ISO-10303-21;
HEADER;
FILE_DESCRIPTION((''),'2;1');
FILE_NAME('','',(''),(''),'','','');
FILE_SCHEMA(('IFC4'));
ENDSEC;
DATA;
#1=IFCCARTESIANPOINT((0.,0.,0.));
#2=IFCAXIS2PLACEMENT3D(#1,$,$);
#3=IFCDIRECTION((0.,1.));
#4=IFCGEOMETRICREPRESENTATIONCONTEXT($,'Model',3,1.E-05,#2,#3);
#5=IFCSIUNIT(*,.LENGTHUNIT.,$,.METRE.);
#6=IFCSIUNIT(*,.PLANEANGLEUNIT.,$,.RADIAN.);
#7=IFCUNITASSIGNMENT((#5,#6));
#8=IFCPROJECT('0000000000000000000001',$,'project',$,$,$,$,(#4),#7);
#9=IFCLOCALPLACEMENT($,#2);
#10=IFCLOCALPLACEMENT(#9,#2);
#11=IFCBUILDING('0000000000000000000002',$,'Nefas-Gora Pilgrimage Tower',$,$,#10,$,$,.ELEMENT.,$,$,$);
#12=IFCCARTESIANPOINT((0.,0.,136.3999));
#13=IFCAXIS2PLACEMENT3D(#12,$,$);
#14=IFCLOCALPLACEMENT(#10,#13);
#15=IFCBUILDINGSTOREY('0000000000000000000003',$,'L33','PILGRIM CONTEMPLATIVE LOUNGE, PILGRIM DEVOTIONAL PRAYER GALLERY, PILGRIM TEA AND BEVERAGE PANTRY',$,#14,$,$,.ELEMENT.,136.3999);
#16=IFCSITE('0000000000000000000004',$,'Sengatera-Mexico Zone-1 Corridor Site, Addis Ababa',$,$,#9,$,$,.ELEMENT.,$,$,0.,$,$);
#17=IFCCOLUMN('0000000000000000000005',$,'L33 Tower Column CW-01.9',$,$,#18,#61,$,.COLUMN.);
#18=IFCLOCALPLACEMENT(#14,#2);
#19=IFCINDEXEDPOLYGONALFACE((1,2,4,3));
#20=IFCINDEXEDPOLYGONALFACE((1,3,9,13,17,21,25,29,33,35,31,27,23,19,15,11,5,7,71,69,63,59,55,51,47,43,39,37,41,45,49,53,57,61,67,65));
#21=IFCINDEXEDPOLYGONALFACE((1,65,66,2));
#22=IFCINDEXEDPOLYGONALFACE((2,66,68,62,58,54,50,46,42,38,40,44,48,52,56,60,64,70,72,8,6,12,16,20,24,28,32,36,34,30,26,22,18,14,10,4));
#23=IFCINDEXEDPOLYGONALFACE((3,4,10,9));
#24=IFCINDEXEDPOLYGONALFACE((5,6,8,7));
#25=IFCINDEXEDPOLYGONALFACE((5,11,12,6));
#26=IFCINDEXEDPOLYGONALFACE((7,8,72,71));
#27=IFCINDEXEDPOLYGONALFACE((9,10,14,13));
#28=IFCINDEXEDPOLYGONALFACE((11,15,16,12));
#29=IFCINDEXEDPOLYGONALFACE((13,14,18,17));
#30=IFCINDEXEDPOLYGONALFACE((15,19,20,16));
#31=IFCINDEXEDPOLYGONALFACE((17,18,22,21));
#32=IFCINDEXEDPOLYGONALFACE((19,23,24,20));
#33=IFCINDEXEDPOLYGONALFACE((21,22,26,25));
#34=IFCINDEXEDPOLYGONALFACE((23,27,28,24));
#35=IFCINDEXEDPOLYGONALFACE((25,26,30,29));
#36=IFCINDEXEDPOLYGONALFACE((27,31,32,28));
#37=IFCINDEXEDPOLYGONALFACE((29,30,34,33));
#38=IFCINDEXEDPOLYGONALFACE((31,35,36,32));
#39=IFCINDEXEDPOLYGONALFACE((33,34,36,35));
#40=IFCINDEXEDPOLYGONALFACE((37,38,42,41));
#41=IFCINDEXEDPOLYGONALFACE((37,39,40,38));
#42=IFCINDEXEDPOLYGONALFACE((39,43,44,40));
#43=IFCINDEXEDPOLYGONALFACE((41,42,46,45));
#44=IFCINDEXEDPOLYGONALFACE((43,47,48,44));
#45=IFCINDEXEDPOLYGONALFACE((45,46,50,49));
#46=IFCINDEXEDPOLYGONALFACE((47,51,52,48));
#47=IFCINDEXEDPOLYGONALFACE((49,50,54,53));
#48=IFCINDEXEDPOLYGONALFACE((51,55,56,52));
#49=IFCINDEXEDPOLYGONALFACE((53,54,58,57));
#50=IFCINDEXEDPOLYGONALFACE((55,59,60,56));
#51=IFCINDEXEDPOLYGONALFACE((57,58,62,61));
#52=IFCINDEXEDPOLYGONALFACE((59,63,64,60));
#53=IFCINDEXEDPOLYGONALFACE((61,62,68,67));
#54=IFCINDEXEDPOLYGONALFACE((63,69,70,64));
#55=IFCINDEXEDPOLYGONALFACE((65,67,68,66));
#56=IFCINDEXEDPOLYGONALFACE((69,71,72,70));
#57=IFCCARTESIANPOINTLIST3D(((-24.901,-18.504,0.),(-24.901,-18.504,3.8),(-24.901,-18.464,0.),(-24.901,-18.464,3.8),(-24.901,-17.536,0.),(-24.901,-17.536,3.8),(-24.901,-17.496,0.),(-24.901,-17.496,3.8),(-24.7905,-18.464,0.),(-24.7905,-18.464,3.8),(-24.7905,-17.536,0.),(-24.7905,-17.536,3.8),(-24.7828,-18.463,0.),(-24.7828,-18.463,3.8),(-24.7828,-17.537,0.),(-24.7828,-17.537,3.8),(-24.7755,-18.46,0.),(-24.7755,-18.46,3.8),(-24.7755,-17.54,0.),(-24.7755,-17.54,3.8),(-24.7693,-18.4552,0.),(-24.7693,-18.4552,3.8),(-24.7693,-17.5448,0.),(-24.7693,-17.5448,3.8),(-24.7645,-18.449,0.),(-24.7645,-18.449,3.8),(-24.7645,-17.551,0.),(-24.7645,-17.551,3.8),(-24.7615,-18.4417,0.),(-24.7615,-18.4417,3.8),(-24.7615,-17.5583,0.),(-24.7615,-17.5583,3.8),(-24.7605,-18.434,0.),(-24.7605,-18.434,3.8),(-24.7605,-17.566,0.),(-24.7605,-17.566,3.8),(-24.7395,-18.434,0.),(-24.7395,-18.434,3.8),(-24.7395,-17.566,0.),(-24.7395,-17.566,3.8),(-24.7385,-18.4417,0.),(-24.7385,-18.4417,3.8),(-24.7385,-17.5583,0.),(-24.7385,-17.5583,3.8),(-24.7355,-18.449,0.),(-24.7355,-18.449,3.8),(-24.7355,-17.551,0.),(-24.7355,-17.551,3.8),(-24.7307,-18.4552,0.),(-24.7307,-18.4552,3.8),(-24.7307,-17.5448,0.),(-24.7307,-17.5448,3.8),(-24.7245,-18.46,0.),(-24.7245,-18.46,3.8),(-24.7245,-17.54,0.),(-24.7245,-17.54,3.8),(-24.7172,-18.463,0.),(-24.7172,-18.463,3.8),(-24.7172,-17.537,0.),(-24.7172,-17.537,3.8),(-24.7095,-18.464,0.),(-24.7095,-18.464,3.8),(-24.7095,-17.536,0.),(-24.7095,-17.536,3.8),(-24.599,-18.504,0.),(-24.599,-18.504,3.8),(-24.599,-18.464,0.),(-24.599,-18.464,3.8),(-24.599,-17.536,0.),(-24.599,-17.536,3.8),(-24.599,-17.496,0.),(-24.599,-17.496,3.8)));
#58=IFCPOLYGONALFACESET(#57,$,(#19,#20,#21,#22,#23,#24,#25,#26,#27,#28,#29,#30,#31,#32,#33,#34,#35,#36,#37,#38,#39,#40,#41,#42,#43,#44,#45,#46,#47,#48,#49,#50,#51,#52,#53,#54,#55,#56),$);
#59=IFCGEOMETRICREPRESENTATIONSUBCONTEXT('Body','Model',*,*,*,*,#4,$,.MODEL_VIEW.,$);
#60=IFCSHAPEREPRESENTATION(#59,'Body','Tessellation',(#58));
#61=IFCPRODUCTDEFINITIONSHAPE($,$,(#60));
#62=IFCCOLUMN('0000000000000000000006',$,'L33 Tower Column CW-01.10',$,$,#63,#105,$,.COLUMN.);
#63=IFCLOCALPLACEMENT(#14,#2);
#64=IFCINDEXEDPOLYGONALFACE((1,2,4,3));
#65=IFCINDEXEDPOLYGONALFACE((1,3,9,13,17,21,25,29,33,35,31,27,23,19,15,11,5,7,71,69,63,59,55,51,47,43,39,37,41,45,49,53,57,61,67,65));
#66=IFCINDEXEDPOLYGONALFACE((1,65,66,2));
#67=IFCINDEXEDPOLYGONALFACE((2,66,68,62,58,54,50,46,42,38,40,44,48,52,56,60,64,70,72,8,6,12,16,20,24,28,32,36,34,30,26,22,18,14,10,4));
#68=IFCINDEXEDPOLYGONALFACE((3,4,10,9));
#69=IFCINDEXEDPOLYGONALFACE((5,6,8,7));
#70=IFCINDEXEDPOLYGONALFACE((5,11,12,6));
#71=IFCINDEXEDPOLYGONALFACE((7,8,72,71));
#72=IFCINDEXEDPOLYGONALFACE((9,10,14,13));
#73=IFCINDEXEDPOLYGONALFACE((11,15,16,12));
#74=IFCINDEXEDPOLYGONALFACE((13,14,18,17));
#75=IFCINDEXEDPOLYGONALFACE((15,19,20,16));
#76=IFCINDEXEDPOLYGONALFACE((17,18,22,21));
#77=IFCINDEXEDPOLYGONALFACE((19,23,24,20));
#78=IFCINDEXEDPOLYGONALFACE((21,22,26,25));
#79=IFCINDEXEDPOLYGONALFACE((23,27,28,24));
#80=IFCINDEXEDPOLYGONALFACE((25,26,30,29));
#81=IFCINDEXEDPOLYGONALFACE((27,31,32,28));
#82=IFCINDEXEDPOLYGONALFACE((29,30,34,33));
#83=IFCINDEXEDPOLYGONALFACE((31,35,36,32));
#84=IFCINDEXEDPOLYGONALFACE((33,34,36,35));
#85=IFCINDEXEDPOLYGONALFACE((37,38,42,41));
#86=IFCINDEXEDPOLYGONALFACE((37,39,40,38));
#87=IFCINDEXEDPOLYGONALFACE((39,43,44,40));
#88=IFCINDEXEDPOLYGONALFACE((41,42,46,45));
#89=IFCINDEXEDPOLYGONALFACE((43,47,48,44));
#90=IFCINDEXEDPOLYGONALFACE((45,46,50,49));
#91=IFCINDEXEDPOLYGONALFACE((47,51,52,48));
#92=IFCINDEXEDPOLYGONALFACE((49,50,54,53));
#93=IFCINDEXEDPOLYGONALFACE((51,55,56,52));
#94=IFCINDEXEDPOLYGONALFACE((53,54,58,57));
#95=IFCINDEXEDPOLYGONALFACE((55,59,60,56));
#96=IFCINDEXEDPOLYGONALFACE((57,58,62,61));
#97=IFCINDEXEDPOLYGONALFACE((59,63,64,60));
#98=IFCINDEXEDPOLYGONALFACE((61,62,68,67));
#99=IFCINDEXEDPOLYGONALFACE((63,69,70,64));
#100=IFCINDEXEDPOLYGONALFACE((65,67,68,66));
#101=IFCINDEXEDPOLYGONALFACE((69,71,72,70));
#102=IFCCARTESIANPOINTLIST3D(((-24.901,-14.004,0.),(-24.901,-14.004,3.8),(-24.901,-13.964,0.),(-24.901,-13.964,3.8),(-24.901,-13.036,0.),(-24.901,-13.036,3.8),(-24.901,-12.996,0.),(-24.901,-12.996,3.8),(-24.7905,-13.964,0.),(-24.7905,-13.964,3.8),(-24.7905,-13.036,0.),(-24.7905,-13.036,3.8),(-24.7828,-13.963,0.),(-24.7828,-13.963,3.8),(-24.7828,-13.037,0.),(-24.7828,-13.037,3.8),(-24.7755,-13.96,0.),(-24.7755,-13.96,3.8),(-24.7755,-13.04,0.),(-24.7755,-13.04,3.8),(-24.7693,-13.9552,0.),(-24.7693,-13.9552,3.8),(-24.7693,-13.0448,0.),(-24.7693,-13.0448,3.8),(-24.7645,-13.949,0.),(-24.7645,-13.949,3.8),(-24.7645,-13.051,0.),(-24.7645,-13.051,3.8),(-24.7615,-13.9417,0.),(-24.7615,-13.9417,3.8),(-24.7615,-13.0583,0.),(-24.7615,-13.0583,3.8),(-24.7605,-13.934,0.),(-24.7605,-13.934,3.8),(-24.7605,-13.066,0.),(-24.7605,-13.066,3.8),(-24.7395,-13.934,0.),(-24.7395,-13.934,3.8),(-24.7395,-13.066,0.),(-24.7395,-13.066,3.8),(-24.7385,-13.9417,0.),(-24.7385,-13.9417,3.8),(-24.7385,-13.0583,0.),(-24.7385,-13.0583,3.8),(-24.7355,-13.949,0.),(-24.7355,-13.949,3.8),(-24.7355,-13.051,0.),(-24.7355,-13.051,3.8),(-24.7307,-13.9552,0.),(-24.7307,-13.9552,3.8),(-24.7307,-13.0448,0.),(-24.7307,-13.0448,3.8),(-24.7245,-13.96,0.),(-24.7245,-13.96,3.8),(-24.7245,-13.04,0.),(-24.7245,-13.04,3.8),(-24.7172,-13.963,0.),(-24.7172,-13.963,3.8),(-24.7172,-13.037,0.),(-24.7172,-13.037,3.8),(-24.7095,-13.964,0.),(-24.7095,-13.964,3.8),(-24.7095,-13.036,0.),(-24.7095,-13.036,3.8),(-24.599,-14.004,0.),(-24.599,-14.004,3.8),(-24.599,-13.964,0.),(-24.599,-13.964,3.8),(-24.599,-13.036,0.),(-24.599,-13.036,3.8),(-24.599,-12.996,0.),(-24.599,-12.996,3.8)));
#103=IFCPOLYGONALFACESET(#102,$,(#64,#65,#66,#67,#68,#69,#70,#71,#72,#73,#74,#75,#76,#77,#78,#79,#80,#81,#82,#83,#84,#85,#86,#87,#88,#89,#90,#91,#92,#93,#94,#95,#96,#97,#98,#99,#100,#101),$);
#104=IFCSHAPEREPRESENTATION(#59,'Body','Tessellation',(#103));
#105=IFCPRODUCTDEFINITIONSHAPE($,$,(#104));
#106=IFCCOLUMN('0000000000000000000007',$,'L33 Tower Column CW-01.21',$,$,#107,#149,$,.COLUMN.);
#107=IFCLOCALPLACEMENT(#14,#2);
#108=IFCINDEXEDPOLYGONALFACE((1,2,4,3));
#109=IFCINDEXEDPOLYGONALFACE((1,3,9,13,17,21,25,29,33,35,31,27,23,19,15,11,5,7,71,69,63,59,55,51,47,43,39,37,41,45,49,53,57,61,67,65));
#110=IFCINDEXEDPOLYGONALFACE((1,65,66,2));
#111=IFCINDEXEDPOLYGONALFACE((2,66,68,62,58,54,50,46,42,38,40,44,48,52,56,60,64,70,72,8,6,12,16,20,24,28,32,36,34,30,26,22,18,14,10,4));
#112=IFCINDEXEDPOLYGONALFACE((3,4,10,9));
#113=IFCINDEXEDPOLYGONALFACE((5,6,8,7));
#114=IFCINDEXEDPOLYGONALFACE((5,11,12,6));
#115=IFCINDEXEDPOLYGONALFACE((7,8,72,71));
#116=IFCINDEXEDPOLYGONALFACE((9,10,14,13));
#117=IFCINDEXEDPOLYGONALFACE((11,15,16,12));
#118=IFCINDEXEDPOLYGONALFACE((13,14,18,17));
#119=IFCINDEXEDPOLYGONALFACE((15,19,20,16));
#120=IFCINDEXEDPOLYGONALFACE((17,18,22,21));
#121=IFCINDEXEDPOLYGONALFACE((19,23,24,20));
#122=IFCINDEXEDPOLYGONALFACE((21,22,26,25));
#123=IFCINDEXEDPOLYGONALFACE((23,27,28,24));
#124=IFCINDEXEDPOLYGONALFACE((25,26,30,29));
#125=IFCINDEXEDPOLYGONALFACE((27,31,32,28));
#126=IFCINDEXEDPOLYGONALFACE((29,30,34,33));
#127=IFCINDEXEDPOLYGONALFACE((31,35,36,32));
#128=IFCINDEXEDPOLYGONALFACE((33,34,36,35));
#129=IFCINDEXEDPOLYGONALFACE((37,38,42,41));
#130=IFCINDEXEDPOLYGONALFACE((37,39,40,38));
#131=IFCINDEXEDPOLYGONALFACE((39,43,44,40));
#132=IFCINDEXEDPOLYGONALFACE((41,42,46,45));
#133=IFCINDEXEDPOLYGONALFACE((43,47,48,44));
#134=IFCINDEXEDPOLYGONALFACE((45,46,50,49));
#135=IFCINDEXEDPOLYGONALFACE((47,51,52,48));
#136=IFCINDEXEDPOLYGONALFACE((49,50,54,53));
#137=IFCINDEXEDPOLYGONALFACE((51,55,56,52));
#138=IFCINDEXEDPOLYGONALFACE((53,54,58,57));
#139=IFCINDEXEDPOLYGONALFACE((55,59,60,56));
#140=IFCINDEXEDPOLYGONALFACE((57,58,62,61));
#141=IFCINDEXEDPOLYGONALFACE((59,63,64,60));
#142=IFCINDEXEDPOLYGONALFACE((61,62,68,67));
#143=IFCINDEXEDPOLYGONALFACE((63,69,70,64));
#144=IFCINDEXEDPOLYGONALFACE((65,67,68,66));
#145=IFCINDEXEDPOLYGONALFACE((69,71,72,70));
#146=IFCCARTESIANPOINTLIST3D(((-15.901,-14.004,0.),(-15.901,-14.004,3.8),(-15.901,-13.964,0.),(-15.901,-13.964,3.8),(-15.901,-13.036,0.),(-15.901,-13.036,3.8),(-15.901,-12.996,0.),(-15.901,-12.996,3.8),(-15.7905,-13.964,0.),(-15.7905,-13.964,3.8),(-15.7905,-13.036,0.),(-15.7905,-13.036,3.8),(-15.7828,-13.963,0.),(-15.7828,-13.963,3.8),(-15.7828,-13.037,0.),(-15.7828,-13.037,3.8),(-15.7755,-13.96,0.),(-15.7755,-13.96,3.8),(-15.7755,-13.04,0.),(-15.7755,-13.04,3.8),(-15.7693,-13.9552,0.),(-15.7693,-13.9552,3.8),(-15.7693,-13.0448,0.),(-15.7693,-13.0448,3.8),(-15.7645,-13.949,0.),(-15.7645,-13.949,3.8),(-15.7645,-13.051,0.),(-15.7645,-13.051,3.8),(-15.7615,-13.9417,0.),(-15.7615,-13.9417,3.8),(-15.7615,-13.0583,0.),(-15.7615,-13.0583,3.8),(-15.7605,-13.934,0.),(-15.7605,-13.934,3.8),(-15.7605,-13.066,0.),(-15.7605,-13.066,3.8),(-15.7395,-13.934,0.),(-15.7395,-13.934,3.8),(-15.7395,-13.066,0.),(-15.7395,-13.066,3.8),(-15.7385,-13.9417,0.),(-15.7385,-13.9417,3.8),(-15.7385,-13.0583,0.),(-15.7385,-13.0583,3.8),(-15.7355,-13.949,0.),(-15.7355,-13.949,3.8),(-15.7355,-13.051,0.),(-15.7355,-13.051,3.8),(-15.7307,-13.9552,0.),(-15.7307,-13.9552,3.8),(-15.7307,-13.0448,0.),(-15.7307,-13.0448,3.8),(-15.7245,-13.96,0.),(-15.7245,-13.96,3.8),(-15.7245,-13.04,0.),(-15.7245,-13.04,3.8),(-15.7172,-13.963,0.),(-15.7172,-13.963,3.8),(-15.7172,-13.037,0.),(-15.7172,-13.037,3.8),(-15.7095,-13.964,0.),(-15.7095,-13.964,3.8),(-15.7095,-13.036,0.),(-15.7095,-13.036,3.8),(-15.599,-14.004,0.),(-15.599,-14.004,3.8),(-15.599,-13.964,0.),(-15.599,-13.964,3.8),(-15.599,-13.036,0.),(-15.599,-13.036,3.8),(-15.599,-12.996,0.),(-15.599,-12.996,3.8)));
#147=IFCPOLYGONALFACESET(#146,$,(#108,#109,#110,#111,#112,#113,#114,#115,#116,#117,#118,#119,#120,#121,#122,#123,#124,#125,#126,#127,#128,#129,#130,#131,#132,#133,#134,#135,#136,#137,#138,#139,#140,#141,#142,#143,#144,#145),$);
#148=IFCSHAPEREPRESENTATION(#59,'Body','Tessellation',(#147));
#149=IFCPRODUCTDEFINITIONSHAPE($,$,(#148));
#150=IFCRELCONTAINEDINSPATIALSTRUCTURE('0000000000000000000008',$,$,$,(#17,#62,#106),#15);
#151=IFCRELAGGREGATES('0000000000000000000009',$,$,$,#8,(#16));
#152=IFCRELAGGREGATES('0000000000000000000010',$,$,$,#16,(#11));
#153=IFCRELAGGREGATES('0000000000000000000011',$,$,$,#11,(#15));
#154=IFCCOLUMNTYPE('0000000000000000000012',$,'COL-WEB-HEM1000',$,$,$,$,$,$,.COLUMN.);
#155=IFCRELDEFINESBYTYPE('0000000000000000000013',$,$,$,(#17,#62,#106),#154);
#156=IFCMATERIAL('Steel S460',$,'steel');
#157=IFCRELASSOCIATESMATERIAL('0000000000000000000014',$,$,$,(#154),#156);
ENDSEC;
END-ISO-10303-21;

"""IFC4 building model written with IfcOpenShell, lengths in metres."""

from ifc_helpers import new_model, si_unit, direction, frame, origin, origin_2d, place, context, subcontext, project, spatial, i_section, extrude, source, transform, mapped, material, material_profile, profile_set, type_object, element, save


model = new_model("IFC4")

# Units and contexts
model_context = context("Model", 3, precision=1e-05, world=origin(), true_north=direction((0.0, 1.0)))
body_context = subcontext(model_context, "Body", "Model", "MODEL_VIEW")
ifc_project = project(units=[si_unit("LENGTHUNIT", "METRE"), si_unit("PLANEANGLEUNIT", "RADIAN")], contexts=[model_context])

# Site, building, storey
site_placement = place(None, origin())
site = spatial("IfcSite", under=ifc_project, at=site_placement, Name="Sengatera-Mexico Zone-1 Corridor Site, Addis Ababa", CompositionType="ELEMENT", RefElevation=0.0)
building_placement = place(site_placement, origin())
building = spatial("IfcBuilding", under=site, at=building_placement, Name="Nefas-Gora Pilgrimage Tower", CompositionType="ELEMENT")
storey_placement = place(building_placement, frame((0.0, 0.0, 136.3999)))
storey = spatial("IfcBuildingStorey", under=building, at=storey_placement, Name="L33", Description="PILGRIM CONTEMPLATIVE LOUNGE, PILGRIM DEVOTIONAL PRAYER GALLERY, PILGRIM TEA AND BEVERAGE PANTRY", CompositionType="ELEMENT", Elevation=136.3999)

# Columns
ifc_material_1 = material(Name="Steel S460", Category="steel")
ifc_material_profile_1 = material_profile(ifc_material_1, i_section(OverallWidth=0.302, OverallDepth=1.0081, WebThickness=0.021, FlangeThickness=0.04, FilletRadius=0.03, at=origin_2d()), Name="HEM 1000")
ifc_profile_set_1 = profile_set([ifc_material_profile_1], Name="Steel S460")
column_type_1 = type_object("IfcColumnType", Name="COL-WEB-HEM1000", PredefinedType="COLUMN", material=ifc_profile_set_1)
shared_shape_1 = source(origin(), body_context, "Body", "SweptSolid", [
    extrude(i_section(OverallWidth=0.302, OverallDepth=1.0081, WebThickness=0.021, FlangeThickness=0.04, FilletRadius=0.03, at=origin_2d()), origin(), (0.0, 0.0, 1.0), 3.8),
])
for number, where, z_axis, x_axis, name in (
    (1, (-24.75, -18.0, 0.0), (0.0, 0.0, 1.0), (1.0, 0.0, 0.0), "L33 Tower Column CW-01.9"),
    (2, (-24.75, -13.5, 0.0), (0.0, 0.0, 1.0), (1.0, 0.0, 0.0), "L33 Tower Column CW-01.10"),
    (3, (-15.75, -13.5, 0.0), (0.0, 0.0, 1.0), (1.0, 0.0, 0.0), "L33 Tower Column CW-01.21"),
):
    element("IfcColumn", number, at=place(storey_placement, frame(where, z_axis=z_axis, x_axis=x_axis)), inside=storey, type_object=column_type_1, Name=name, PredefinedType="COLUMN", context=body_context, shape_type="MappedRepresentation", body=[
        mapped(shared_shape_1, transform((0.0, 0.0, 0.0), x_axis=(1.0, 0.0, 0.0), y_axis=(0.0, 1.0, 0.0), z_axis=(0.0, 0.0, 1.0), scale=1.0)),
    ])

save(model, "model.ifc")
